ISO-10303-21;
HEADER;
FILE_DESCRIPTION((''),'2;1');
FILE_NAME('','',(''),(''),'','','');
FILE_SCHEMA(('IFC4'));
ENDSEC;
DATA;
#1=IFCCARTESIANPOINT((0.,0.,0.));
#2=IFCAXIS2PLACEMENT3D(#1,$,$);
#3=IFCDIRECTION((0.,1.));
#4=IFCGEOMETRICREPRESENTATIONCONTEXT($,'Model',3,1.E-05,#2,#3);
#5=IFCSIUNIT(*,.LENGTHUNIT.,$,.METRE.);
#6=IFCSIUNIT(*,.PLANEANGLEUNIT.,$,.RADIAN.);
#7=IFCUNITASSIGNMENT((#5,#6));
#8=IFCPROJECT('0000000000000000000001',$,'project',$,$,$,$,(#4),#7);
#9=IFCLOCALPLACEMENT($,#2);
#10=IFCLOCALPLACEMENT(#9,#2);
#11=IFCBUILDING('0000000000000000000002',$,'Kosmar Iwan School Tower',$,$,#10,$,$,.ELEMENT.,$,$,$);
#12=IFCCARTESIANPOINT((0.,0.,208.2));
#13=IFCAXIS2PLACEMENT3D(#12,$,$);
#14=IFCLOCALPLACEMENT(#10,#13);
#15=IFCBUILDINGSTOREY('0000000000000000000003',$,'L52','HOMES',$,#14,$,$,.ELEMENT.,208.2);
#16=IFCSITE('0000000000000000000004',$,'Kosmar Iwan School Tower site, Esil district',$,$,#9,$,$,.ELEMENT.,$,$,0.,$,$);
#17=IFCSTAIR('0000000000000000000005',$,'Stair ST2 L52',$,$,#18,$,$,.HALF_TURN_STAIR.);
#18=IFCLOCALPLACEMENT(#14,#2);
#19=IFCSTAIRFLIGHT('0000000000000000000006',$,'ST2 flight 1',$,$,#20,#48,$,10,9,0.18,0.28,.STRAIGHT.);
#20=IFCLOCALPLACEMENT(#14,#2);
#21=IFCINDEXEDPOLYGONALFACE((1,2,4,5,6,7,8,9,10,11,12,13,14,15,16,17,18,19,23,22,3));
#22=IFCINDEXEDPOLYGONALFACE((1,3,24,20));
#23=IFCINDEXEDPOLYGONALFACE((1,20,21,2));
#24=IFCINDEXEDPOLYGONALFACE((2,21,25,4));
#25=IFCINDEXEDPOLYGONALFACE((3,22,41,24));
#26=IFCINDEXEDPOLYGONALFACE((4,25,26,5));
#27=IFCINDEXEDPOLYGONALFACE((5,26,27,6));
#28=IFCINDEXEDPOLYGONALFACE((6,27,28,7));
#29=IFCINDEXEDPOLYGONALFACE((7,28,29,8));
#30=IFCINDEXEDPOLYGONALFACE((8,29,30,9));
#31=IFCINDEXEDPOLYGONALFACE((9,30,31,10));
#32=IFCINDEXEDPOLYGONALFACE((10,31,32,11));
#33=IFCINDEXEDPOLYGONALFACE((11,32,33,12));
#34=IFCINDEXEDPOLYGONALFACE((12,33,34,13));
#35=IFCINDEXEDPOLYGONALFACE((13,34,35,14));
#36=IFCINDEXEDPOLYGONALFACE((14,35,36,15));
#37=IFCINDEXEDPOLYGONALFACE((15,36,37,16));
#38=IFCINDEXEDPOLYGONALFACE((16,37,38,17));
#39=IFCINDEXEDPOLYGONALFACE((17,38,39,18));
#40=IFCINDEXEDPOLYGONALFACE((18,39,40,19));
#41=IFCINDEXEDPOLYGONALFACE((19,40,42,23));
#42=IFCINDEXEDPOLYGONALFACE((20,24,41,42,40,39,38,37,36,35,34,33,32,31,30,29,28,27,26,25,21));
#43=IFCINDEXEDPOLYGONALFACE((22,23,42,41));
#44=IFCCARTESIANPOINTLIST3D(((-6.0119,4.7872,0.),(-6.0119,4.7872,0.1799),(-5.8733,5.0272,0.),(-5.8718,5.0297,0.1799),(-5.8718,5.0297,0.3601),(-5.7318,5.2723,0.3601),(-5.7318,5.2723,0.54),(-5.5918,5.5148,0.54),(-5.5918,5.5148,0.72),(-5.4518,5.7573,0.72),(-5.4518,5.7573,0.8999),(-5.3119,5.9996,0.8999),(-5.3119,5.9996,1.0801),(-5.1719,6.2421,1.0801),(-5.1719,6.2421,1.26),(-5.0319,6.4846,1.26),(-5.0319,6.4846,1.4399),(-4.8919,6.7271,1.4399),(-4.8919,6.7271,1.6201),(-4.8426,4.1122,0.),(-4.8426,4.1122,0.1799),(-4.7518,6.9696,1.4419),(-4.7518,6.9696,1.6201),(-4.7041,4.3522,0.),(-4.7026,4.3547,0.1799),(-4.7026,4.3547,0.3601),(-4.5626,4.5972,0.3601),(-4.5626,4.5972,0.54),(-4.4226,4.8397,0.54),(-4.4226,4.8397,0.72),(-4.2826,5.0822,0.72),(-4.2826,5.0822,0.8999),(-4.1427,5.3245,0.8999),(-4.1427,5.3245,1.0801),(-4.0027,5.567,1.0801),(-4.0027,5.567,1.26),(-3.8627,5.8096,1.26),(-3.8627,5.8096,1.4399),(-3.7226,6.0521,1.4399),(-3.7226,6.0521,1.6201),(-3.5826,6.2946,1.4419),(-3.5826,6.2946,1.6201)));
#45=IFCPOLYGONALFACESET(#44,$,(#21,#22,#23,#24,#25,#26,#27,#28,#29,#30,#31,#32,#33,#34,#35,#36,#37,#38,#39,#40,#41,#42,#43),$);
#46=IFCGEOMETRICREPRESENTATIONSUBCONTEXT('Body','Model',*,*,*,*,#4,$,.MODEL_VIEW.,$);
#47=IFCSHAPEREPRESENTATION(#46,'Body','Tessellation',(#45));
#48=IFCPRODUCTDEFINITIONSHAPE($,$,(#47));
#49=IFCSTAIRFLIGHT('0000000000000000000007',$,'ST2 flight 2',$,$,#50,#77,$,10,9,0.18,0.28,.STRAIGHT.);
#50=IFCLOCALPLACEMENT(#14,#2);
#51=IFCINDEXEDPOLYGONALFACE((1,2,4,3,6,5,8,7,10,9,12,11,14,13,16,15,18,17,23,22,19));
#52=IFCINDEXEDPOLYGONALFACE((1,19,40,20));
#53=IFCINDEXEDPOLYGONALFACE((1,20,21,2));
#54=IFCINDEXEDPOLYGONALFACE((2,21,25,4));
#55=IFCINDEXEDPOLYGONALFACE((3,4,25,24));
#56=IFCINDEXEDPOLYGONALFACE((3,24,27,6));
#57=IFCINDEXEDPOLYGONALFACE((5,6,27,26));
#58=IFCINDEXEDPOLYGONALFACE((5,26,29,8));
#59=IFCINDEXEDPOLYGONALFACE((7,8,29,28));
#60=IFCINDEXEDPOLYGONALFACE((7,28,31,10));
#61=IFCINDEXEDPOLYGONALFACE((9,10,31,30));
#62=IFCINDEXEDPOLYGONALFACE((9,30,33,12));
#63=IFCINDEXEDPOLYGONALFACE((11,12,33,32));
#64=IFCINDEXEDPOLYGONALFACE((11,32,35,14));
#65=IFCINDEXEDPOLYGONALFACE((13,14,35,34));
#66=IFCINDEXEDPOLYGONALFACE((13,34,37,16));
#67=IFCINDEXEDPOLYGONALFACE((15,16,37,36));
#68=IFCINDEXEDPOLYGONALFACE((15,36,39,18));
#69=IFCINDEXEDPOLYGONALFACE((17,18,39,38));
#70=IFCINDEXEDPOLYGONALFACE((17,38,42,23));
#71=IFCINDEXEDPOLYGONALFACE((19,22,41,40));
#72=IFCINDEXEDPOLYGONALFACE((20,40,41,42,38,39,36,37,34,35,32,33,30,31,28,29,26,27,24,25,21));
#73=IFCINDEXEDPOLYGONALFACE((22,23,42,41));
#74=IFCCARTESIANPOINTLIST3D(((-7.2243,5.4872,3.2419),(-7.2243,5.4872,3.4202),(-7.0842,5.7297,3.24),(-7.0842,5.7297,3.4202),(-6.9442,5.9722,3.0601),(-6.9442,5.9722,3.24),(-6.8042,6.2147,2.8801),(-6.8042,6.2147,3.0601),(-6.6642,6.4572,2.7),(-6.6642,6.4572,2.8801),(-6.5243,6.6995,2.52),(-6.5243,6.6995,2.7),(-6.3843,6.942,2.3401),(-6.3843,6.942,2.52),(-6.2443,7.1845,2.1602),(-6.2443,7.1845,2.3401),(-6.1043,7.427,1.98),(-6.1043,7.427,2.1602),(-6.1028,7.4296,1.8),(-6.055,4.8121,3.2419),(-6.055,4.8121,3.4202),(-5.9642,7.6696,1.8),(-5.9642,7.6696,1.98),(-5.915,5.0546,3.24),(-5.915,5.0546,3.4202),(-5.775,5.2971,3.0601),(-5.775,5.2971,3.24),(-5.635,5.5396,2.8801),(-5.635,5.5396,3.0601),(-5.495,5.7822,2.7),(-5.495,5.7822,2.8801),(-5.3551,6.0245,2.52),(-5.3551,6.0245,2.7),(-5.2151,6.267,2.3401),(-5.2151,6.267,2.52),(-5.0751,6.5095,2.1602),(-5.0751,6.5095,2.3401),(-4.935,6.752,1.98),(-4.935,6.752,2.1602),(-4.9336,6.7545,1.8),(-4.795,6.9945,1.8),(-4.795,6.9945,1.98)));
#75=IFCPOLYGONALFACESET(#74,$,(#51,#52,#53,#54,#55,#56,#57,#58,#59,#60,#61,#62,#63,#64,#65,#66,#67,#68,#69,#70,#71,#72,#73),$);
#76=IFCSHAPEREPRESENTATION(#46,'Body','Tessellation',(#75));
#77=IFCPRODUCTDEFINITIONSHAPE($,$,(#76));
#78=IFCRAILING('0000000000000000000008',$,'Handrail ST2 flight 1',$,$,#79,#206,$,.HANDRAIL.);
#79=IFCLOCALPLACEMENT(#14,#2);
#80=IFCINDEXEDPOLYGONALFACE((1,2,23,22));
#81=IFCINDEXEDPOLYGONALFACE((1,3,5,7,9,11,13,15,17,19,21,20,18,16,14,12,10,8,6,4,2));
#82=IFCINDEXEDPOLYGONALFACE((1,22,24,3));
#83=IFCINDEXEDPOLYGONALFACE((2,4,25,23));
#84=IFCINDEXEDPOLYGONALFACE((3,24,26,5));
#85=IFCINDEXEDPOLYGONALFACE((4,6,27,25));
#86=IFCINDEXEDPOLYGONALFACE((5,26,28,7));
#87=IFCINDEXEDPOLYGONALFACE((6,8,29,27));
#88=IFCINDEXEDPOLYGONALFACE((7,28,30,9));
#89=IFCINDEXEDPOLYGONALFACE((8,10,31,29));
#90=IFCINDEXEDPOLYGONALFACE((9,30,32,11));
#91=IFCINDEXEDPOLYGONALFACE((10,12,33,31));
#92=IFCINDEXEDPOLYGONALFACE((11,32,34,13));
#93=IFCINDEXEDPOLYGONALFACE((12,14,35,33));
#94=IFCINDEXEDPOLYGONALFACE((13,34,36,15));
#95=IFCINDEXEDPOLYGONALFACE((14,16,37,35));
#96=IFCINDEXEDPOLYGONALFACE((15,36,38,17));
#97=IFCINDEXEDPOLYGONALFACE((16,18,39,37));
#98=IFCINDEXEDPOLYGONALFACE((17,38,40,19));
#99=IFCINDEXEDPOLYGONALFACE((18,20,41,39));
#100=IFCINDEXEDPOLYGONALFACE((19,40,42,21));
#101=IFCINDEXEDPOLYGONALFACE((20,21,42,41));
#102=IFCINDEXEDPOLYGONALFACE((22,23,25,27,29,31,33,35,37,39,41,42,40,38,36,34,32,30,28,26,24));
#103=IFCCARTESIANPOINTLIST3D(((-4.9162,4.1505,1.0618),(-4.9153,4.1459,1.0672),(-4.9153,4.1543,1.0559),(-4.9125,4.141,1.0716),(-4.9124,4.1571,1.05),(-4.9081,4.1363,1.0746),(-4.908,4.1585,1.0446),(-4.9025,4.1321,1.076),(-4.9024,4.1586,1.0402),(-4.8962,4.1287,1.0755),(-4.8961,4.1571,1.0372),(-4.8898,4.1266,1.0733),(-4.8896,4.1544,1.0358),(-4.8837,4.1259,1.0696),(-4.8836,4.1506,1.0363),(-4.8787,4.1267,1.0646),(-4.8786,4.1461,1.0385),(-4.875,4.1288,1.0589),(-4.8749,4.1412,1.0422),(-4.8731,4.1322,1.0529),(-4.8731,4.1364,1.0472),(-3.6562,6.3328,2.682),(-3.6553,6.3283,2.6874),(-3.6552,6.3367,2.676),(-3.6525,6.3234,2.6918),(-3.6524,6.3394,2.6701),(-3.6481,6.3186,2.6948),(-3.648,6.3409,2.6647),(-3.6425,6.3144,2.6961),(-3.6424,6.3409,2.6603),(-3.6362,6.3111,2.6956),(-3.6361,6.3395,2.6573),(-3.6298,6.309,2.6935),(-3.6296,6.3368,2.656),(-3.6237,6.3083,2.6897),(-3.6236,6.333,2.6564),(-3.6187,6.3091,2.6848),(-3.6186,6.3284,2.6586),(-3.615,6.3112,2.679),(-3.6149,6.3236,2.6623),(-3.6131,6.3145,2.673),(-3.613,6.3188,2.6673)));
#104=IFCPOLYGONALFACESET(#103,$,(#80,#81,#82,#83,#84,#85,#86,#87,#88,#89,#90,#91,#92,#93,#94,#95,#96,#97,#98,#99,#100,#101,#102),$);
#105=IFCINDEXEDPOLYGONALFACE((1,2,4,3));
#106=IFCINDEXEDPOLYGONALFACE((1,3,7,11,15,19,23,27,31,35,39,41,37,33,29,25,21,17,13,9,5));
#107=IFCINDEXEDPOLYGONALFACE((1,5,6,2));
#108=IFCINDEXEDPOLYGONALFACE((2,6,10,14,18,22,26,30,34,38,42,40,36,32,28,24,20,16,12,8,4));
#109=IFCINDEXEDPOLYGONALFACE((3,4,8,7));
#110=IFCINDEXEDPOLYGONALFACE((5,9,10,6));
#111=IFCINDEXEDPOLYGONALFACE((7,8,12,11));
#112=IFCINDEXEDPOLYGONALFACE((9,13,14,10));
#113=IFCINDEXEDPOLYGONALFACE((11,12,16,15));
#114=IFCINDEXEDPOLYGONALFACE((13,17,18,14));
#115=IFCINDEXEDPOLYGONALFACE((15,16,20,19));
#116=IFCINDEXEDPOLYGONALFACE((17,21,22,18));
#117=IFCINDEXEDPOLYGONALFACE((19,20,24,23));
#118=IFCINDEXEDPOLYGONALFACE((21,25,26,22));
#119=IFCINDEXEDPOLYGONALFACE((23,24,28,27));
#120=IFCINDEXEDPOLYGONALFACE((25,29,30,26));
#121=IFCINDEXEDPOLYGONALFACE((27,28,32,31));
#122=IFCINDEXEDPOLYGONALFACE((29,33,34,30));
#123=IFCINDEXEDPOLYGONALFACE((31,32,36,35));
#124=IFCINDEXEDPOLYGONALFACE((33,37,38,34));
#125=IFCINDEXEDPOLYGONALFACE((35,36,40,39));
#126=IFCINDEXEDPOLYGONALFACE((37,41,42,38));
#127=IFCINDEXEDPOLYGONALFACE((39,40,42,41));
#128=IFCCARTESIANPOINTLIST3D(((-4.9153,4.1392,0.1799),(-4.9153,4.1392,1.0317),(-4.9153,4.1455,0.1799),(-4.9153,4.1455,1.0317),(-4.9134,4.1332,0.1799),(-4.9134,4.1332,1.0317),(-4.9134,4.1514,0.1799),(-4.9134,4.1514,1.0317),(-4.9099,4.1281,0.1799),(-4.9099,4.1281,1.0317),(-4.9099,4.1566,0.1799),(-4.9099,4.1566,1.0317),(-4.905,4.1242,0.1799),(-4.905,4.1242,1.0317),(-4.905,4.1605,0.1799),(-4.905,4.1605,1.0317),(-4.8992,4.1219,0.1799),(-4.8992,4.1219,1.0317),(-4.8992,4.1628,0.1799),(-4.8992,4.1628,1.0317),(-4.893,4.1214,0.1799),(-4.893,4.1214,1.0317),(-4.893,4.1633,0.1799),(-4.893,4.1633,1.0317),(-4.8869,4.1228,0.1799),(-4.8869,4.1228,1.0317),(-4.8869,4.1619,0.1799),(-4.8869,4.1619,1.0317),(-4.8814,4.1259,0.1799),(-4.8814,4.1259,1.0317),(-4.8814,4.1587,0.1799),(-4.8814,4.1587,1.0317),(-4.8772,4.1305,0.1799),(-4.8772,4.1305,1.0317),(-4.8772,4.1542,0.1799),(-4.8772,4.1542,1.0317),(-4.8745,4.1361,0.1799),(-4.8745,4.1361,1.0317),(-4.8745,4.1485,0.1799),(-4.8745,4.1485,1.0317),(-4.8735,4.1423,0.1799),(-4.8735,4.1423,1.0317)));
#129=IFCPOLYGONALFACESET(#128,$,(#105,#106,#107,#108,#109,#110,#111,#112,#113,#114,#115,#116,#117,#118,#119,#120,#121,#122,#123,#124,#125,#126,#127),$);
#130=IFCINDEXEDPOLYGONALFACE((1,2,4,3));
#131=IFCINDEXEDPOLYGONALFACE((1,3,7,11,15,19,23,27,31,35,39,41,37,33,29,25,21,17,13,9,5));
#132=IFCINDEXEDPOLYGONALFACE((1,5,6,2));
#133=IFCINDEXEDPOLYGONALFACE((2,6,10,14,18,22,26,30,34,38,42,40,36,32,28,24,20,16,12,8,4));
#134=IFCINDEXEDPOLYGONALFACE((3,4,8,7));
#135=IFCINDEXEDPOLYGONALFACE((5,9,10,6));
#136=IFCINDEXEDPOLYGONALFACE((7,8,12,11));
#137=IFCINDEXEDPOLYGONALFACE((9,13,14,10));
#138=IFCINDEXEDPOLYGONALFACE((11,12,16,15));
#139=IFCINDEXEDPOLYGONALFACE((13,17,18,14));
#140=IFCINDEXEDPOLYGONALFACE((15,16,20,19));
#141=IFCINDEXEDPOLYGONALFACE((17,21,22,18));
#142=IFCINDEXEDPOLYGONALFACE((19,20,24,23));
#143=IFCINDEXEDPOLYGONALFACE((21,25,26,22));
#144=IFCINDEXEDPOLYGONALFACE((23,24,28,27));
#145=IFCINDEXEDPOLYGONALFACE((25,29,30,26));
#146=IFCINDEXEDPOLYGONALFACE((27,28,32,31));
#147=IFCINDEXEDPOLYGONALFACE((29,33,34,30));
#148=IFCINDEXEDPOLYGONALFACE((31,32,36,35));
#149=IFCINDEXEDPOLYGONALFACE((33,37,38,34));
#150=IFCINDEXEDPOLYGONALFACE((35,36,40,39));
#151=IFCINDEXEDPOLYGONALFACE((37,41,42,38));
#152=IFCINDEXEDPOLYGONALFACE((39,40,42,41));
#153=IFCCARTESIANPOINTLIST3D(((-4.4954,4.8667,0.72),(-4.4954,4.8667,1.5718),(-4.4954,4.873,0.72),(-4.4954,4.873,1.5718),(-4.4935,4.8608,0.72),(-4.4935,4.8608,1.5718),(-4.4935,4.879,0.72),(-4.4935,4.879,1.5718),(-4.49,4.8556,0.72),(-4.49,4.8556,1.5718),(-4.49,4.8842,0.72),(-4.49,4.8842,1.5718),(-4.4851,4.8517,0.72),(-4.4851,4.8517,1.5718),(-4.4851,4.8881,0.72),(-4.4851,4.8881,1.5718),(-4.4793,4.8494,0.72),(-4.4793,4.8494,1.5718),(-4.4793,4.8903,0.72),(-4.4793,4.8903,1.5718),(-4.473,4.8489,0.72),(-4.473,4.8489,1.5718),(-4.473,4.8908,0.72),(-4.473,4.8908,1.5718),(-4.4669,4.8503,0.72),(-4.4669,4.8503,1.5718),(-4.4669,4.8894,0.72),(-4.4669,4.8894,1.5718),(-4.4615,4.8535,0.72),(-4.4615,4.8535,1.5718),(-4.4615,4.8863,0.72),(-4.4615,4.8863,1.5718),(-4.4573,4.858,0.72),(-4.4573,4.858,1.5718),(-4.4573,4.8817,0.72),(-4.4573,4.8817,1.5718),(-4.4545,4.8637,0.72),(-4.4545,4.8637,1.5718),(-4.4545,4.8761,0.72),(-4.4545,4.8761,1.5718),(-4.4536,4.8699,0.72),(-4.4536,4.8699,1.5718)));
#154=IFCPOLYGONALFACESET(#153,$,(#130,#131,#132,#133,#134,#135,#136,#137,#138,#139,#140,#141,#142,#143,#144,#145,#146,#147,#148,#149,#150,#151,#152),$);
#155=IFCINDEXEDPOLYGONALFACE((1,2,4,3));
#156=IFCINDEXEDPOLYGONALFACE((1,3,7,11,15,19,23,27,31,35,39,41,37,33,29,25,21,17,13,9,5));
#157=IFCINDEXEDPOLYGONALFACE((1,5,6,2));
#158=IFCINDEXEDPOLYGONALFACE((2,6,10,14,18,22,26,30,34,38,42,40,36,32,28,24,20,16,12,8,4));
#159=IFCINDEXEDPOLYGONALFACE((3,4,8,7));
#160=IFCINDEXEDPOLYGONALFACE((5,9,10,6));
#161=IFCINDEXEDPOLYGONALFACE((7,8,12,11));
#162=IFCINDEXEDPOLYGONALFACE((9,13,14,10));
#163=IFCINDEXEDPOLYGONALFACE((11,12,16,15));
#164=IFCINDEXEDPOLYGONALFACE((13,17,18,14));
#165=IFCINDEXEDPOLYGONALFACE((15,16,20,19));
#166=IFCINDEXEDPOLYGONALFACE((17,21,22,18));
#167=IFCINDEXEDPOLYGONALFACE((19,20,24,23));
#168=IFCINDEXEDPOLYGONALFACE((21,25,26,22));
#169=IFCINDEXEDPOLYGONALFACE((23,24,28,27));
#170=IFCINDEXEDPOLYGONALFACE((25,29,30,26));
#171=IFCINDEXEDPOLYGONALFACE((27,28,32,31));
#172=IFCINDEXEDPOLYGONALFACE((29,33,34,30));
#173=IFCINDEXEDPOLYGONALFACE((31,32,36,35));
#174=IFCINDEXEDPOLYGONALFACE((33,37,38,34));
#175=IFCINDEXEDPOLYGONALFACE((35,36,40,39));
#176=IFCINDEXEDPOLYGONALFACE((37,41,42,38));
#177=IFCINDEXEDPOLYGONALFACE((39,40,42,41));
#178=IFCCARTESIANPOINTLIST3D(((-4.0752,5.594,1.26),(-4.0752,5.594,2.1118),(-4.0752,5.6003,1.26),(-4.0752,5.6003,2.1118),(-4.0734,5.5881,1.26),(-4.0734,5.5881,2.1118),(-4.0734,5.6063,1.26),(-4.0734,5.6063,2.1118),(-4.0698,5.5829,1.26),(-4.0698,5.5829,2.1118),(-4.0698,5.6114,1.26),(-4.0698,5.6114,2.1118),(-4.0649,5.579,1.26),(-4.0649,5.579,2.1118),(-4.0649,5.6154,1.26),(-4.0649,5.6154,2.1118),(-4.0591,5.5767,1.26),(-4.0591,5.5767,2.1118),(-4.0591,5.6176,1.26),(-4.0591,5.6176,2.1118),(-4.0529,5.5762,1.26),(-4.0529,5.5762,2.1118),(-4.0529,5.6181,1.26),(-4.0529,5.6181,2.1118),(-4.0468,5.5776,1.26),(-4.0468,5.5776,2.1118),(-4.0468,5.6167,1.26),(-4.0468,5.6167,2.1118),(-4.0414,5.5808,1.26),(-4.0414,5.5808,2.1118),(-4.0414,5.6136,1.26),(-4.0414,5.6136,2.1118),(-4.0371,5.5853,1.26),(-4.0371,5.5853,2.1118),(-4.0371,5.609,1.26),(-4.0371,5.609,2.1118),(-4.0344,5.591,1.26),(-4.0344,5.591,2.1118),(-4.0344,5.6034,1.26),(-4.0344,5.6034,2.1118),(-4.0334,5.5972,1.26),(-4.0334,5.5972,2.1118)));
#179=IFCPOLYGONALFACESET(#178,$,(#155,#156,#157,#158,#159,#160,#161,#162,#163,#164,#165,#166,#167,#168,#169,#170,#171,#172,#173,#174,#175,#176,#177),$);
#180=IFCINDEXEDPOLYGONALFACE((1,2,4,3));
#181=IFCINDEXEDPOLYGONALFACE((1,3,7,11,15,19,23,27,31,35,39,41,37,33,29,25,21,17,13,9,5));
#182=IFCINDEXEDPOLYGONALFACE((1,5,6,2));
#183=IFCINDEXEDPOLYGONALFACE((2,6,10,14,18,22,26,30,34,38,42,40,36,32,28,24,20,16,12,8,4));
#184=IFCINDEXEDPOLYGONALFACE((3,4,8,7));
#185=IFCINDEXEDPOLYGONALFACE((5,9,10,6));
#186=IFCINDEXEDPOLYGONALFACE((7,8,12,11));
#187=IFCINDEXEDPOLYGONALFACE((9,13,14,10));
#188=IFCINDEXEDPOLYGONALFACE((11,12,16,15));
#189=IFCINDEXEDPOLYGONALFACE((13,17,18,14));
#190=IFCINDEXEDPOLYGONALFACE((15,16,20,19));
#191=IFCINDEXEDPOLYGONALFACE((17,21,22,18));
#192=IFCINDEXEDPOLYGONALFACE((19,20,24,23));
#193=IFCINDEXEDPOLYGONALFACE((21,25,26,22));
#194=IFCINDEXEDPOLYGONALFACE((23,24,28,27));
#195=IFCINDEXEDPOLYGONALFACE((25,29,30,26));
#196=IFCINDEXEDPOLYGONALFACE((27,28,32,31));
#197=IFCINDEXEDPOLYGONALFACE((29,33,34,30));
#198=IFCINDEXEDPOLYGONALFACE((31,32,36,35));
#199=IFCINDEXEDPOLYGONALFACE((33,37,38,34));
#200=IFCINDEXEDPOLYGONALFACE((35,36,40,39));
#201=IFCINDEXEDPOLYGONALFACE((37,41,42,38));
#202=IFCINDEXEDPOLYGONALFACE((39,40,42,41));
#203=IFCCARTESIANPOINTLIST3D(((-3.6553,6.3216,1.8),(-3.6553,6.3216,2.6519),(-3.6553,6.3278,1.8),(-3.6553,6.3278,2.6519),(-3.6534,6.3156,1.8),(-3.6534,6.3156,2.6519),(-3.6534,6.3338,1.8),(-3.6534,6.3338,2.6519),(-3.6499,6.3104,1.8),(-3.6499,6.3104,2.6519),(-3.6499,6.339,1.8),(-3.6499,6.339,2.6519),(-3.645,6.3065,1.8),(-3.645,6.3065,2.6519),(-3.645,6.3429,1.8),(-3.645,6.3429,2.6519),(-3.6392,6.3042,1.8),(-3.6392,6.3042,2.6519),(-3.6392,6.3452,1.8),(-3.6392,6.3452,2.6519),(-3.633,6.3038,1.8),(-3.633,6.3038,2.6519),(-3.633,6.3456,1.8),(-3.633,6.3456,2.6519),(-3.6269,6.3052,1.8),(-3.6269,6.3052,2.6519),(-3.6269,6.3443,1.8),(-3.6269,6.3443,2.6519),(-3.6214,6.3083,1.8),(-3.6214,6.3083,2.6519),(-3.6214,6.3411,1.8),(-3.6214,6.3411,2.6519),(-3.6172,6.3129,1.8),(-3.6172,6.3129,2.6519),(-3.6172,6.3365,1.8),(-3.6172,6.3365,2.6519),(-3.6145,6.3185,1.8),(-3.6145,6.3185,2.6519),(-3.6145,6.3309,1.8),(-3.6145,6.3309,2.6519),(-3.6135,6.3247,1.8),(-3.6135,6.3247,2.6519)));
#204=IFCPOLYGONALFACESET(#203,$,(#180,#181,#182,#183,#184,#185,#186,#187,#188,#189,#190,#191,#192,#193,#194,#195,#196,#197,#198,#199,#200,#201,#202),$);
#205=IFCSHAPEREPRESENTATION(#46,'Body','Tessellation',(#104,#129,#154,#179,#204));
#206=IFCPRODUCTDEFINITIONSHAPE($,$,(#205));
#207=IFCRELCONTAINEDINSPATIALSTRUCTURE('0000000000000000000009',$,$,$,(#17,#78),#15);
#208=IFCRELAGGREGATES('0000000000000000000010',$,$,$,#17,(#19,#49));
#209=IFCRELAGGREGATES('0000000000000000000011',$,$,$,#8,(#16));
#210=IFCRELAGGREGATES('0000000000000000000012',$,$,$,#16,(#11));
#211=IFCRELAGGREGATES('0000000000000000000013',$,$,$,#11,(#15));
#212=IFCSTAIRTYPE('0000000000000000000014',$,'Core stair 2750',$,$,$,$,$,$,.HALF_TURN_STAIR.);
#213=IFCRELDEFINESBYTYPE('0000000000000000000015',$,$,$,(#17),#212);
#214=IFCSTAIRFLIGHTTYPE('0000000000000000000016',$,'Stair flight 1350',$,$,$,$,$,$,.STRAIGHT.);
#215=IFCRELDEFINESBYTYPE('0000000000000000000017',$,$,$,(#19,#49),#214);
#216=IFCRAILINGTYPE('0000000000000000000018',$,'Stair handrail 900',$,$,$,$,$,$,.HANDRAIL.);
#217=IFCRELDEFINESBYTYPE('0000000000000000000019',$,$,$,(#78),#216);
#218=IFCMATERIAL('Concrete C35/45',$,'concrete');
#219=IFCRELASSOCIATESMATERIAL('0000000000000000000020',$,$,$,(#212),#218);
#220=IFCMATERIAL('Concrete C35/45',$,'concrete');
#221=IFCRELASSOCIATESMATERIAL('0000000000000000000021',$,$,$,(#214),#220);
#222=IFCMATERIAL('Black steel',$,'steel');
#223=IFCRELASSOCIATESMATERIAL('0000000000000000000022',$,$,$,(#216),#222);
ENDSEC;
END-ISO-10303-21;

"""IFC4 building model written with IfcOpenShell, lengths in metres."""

from ifc_helpers import new_model, si_unit, direction, frame, origin, origin_2d, place, context, subcontext, project, spatial, polyline, circle, outline, extrude, material, type_object, element, aggregate, save


model = new_model("IFC4")

# Units and contexts
model_context = context("Model", 3, precision=1e-05, world=origin(), true_north=direction((0.0, 1.0)))
body_context = subcontext(model_context, "Body", "Model", "MODEL_VIEW")
ifc_project = project(units=[si_unit("LENGTHUNIT", "METRE"), si_unit("PLANEANGLEUNIT", "RADIAN")], contexts=[model_context])

# Site, building, storey
site_placement = place(None, origin())
site = spatial("IfcSite", under=ifc_project, at=site_placement, Name="Kosmar Iwan School Tower site, Esil district", CompositionType="ELEMENT", RefElevation=0.0)
building_placement = place(site_placement, origin())
building = spatial("IfcBuilding", under=site, at=building_placement, Name="Kosmar Iwan School Tower", CompositionType="ELEMENT")
storey_placement = place(building_placement, frame((0.0, 0.0, 208.2)))
storey = spatial("IfcBuildingStorey", under=building, at=storey_placement, Name="L52", Description="HOMES", CompositionType="ELEMENT", Elevation=208.2)

# Stair, stair flights
ifc_material_1 = material(Name="Concrete C35/45", Category="concrete")
stair_type = type_object("IfcStairType", Name="Core stair 2750", PredefinedType="HALF_TURN_STAIR", material=ifc_material_1)
stair_placement = place(storey_placement, origin())
stair = element("IfcStair", 1, at=stair_placement, inside=storey, type_object=stair_type, Name="Stair ST2 L52", PredefinedType="HALF_TURN_STAIR")
ifc_material_2 = material(Name="Concrete C35/45", Category="concrete")
stair_flight_type = type_object("IfcStairFlightType", Name="Stair flight 1350", PredefinedType="STRAIGHT", material=ifc_material_2)
stair_flight_1_placement = place(storey_placement, frame((-5.4272, 4.4497, 0.0), z_axis=(0.0, 0.0, 1.0), x_axis=(0.5, 0.866025, 0.0)))
stair_flight_1 = element("IfcStairFlight", 2, at=stair_flight_1_placement, type_object=stair_flight_type, Name="ST2 flight 1", NumberOfRisers=10, NumberOfTreads=9, PredefinedType="STRAIGHT", RiserHeight=0.18, TreadLength=0.28, context=body_context, shape_type="SweptSolid", body=[
    extrude(outline(polyline([(0.0, 0.0), (0.0, 0.1799), (0.28, 0.1799), (0.28, 0.3601), (0.5601, 0.3601), (0.5601, 0.54), (0.8401, 0.54), (0.8401, 0.72), (1.1201, 0.72), (1.1201, 0.8999), (1.3999, 0.8999), (1.3999, 1.0801), (1.6799, 1.0801), (1.6799, 1.26), (1.96, 1.26), (1.96, 1.4399), (2.24, 1.4399), (2.24, 1.6201), (2.52, 1.6201), (2.52, 1.8), (2.52, 1.4419), (0.2771, 0.0), (0.0, 0.0)])), frame((0.0, 0.675, 0.0), z_axis=(0.0, -1.0, 0.0), x_axis=(1.0, 0.0, 0.0)), (0.0, 0.0, 1.0), 1.3501),
])
stair_flight_2_placement = place(storey_placement, frame((-5.3796, 7.332, 1.8), z_axis=(0.0, 0.0, 1.0), x_axis=(-0.5, -0.866025, 0.0)))
stair_flight_2 = element("IfcStairFlight", 3, at=stair_flight_2_placement, type_object=stair_flight_type, Name="ST2 flight 2", NumberOfRisers=10, NumberOfTreads=9, PredefinedType="STRAIGHT", RiserHeight=0.18, TreadLength=0.28, context=body_context, shape_type="SweptSolid", body=[
    extrude(outline(polyline([(0.0, 0.0), (0.0, 0.1799), (0.28, 0.1799), (0.28, 0.3601), (0.5601, 0.3601), (0.5601, 0.54), (0.8401, 0.54), (0.8401, 0.72), (1.1201, 0.72), (1.1201, 0.8999), (1.3999, 0.8999), (1.3999, 1.0801), (1.6799, 1.0801), (1.6799, 1.26), (1.96, 1.26), (1.96, 1.4399), (2.24, 1.4399), (2.24, 1.6201), (2.52, 1.6201), (2.52, 1.8), (2.52, 1.4419), (0.2771, 0.0), (0.0, 0.0)])), frame((0.0, 0.675, 0.0), z_axis=(0.0, -1.0, 0.0), x_axis=(1.0, 0.0, 0.0)), (0.0, 0.0, 1.0), 1.3501),
])
aggregate(stair, [stair_flight_1, stair_flight_2])

# Railing
ifc_material_3 = material(Name="Black steel", Category="steel")
railing_type = type_object("IfcRailingType", Name="Stair handrail 900", PredefinedType="HANDRAIL", material=ifc_material_3)
railing_1_placement = place(storey_placement, frame((-4.8945, 4.1423, 0.1799)))
element("IfcRailing", 4, at=railing_1_placement, inside=storey, type_object=railing_type, Name="Handrail ST2 flight 1", PredefinedType="HANDRAIL", context=body_context, shape_type="SweptSolid", body=[
    extrude(circle(Radius=0.0239, at=origin_2d()), frame((0.0, 0.0, 0.876), z_axis=(0.420584, 0.728464, 0.540786), x_axis=(-0.866023, 0.500005, 0.0)), (0.0, 0.0, 1.0), 2.9958),
    extrude(circle(Radius=0.021, at=origin_2d()), origin(), (0.0, 0.0, 1.0), 0.8518),
    extrude(circle(Radius=0.021, at=origin_2d()), frame((0.4199, 0.7275, 0.54)), (0.0, 0.0, 1.0), 0.8518),
    extrude(circle(Radius=0.021, at=origin_2d()), frame((0.8401, 1.4548, 1.0801)), (0.0, 0.0, 1.0), 0.8518),
    extrude(circle(Radius=0.021, at=origin_2d()), frame((1.26, 2.1824, 1.6201)), (0.0, 0.0, 1.0), 0.8518),
])

save(model, "model.ifc")
